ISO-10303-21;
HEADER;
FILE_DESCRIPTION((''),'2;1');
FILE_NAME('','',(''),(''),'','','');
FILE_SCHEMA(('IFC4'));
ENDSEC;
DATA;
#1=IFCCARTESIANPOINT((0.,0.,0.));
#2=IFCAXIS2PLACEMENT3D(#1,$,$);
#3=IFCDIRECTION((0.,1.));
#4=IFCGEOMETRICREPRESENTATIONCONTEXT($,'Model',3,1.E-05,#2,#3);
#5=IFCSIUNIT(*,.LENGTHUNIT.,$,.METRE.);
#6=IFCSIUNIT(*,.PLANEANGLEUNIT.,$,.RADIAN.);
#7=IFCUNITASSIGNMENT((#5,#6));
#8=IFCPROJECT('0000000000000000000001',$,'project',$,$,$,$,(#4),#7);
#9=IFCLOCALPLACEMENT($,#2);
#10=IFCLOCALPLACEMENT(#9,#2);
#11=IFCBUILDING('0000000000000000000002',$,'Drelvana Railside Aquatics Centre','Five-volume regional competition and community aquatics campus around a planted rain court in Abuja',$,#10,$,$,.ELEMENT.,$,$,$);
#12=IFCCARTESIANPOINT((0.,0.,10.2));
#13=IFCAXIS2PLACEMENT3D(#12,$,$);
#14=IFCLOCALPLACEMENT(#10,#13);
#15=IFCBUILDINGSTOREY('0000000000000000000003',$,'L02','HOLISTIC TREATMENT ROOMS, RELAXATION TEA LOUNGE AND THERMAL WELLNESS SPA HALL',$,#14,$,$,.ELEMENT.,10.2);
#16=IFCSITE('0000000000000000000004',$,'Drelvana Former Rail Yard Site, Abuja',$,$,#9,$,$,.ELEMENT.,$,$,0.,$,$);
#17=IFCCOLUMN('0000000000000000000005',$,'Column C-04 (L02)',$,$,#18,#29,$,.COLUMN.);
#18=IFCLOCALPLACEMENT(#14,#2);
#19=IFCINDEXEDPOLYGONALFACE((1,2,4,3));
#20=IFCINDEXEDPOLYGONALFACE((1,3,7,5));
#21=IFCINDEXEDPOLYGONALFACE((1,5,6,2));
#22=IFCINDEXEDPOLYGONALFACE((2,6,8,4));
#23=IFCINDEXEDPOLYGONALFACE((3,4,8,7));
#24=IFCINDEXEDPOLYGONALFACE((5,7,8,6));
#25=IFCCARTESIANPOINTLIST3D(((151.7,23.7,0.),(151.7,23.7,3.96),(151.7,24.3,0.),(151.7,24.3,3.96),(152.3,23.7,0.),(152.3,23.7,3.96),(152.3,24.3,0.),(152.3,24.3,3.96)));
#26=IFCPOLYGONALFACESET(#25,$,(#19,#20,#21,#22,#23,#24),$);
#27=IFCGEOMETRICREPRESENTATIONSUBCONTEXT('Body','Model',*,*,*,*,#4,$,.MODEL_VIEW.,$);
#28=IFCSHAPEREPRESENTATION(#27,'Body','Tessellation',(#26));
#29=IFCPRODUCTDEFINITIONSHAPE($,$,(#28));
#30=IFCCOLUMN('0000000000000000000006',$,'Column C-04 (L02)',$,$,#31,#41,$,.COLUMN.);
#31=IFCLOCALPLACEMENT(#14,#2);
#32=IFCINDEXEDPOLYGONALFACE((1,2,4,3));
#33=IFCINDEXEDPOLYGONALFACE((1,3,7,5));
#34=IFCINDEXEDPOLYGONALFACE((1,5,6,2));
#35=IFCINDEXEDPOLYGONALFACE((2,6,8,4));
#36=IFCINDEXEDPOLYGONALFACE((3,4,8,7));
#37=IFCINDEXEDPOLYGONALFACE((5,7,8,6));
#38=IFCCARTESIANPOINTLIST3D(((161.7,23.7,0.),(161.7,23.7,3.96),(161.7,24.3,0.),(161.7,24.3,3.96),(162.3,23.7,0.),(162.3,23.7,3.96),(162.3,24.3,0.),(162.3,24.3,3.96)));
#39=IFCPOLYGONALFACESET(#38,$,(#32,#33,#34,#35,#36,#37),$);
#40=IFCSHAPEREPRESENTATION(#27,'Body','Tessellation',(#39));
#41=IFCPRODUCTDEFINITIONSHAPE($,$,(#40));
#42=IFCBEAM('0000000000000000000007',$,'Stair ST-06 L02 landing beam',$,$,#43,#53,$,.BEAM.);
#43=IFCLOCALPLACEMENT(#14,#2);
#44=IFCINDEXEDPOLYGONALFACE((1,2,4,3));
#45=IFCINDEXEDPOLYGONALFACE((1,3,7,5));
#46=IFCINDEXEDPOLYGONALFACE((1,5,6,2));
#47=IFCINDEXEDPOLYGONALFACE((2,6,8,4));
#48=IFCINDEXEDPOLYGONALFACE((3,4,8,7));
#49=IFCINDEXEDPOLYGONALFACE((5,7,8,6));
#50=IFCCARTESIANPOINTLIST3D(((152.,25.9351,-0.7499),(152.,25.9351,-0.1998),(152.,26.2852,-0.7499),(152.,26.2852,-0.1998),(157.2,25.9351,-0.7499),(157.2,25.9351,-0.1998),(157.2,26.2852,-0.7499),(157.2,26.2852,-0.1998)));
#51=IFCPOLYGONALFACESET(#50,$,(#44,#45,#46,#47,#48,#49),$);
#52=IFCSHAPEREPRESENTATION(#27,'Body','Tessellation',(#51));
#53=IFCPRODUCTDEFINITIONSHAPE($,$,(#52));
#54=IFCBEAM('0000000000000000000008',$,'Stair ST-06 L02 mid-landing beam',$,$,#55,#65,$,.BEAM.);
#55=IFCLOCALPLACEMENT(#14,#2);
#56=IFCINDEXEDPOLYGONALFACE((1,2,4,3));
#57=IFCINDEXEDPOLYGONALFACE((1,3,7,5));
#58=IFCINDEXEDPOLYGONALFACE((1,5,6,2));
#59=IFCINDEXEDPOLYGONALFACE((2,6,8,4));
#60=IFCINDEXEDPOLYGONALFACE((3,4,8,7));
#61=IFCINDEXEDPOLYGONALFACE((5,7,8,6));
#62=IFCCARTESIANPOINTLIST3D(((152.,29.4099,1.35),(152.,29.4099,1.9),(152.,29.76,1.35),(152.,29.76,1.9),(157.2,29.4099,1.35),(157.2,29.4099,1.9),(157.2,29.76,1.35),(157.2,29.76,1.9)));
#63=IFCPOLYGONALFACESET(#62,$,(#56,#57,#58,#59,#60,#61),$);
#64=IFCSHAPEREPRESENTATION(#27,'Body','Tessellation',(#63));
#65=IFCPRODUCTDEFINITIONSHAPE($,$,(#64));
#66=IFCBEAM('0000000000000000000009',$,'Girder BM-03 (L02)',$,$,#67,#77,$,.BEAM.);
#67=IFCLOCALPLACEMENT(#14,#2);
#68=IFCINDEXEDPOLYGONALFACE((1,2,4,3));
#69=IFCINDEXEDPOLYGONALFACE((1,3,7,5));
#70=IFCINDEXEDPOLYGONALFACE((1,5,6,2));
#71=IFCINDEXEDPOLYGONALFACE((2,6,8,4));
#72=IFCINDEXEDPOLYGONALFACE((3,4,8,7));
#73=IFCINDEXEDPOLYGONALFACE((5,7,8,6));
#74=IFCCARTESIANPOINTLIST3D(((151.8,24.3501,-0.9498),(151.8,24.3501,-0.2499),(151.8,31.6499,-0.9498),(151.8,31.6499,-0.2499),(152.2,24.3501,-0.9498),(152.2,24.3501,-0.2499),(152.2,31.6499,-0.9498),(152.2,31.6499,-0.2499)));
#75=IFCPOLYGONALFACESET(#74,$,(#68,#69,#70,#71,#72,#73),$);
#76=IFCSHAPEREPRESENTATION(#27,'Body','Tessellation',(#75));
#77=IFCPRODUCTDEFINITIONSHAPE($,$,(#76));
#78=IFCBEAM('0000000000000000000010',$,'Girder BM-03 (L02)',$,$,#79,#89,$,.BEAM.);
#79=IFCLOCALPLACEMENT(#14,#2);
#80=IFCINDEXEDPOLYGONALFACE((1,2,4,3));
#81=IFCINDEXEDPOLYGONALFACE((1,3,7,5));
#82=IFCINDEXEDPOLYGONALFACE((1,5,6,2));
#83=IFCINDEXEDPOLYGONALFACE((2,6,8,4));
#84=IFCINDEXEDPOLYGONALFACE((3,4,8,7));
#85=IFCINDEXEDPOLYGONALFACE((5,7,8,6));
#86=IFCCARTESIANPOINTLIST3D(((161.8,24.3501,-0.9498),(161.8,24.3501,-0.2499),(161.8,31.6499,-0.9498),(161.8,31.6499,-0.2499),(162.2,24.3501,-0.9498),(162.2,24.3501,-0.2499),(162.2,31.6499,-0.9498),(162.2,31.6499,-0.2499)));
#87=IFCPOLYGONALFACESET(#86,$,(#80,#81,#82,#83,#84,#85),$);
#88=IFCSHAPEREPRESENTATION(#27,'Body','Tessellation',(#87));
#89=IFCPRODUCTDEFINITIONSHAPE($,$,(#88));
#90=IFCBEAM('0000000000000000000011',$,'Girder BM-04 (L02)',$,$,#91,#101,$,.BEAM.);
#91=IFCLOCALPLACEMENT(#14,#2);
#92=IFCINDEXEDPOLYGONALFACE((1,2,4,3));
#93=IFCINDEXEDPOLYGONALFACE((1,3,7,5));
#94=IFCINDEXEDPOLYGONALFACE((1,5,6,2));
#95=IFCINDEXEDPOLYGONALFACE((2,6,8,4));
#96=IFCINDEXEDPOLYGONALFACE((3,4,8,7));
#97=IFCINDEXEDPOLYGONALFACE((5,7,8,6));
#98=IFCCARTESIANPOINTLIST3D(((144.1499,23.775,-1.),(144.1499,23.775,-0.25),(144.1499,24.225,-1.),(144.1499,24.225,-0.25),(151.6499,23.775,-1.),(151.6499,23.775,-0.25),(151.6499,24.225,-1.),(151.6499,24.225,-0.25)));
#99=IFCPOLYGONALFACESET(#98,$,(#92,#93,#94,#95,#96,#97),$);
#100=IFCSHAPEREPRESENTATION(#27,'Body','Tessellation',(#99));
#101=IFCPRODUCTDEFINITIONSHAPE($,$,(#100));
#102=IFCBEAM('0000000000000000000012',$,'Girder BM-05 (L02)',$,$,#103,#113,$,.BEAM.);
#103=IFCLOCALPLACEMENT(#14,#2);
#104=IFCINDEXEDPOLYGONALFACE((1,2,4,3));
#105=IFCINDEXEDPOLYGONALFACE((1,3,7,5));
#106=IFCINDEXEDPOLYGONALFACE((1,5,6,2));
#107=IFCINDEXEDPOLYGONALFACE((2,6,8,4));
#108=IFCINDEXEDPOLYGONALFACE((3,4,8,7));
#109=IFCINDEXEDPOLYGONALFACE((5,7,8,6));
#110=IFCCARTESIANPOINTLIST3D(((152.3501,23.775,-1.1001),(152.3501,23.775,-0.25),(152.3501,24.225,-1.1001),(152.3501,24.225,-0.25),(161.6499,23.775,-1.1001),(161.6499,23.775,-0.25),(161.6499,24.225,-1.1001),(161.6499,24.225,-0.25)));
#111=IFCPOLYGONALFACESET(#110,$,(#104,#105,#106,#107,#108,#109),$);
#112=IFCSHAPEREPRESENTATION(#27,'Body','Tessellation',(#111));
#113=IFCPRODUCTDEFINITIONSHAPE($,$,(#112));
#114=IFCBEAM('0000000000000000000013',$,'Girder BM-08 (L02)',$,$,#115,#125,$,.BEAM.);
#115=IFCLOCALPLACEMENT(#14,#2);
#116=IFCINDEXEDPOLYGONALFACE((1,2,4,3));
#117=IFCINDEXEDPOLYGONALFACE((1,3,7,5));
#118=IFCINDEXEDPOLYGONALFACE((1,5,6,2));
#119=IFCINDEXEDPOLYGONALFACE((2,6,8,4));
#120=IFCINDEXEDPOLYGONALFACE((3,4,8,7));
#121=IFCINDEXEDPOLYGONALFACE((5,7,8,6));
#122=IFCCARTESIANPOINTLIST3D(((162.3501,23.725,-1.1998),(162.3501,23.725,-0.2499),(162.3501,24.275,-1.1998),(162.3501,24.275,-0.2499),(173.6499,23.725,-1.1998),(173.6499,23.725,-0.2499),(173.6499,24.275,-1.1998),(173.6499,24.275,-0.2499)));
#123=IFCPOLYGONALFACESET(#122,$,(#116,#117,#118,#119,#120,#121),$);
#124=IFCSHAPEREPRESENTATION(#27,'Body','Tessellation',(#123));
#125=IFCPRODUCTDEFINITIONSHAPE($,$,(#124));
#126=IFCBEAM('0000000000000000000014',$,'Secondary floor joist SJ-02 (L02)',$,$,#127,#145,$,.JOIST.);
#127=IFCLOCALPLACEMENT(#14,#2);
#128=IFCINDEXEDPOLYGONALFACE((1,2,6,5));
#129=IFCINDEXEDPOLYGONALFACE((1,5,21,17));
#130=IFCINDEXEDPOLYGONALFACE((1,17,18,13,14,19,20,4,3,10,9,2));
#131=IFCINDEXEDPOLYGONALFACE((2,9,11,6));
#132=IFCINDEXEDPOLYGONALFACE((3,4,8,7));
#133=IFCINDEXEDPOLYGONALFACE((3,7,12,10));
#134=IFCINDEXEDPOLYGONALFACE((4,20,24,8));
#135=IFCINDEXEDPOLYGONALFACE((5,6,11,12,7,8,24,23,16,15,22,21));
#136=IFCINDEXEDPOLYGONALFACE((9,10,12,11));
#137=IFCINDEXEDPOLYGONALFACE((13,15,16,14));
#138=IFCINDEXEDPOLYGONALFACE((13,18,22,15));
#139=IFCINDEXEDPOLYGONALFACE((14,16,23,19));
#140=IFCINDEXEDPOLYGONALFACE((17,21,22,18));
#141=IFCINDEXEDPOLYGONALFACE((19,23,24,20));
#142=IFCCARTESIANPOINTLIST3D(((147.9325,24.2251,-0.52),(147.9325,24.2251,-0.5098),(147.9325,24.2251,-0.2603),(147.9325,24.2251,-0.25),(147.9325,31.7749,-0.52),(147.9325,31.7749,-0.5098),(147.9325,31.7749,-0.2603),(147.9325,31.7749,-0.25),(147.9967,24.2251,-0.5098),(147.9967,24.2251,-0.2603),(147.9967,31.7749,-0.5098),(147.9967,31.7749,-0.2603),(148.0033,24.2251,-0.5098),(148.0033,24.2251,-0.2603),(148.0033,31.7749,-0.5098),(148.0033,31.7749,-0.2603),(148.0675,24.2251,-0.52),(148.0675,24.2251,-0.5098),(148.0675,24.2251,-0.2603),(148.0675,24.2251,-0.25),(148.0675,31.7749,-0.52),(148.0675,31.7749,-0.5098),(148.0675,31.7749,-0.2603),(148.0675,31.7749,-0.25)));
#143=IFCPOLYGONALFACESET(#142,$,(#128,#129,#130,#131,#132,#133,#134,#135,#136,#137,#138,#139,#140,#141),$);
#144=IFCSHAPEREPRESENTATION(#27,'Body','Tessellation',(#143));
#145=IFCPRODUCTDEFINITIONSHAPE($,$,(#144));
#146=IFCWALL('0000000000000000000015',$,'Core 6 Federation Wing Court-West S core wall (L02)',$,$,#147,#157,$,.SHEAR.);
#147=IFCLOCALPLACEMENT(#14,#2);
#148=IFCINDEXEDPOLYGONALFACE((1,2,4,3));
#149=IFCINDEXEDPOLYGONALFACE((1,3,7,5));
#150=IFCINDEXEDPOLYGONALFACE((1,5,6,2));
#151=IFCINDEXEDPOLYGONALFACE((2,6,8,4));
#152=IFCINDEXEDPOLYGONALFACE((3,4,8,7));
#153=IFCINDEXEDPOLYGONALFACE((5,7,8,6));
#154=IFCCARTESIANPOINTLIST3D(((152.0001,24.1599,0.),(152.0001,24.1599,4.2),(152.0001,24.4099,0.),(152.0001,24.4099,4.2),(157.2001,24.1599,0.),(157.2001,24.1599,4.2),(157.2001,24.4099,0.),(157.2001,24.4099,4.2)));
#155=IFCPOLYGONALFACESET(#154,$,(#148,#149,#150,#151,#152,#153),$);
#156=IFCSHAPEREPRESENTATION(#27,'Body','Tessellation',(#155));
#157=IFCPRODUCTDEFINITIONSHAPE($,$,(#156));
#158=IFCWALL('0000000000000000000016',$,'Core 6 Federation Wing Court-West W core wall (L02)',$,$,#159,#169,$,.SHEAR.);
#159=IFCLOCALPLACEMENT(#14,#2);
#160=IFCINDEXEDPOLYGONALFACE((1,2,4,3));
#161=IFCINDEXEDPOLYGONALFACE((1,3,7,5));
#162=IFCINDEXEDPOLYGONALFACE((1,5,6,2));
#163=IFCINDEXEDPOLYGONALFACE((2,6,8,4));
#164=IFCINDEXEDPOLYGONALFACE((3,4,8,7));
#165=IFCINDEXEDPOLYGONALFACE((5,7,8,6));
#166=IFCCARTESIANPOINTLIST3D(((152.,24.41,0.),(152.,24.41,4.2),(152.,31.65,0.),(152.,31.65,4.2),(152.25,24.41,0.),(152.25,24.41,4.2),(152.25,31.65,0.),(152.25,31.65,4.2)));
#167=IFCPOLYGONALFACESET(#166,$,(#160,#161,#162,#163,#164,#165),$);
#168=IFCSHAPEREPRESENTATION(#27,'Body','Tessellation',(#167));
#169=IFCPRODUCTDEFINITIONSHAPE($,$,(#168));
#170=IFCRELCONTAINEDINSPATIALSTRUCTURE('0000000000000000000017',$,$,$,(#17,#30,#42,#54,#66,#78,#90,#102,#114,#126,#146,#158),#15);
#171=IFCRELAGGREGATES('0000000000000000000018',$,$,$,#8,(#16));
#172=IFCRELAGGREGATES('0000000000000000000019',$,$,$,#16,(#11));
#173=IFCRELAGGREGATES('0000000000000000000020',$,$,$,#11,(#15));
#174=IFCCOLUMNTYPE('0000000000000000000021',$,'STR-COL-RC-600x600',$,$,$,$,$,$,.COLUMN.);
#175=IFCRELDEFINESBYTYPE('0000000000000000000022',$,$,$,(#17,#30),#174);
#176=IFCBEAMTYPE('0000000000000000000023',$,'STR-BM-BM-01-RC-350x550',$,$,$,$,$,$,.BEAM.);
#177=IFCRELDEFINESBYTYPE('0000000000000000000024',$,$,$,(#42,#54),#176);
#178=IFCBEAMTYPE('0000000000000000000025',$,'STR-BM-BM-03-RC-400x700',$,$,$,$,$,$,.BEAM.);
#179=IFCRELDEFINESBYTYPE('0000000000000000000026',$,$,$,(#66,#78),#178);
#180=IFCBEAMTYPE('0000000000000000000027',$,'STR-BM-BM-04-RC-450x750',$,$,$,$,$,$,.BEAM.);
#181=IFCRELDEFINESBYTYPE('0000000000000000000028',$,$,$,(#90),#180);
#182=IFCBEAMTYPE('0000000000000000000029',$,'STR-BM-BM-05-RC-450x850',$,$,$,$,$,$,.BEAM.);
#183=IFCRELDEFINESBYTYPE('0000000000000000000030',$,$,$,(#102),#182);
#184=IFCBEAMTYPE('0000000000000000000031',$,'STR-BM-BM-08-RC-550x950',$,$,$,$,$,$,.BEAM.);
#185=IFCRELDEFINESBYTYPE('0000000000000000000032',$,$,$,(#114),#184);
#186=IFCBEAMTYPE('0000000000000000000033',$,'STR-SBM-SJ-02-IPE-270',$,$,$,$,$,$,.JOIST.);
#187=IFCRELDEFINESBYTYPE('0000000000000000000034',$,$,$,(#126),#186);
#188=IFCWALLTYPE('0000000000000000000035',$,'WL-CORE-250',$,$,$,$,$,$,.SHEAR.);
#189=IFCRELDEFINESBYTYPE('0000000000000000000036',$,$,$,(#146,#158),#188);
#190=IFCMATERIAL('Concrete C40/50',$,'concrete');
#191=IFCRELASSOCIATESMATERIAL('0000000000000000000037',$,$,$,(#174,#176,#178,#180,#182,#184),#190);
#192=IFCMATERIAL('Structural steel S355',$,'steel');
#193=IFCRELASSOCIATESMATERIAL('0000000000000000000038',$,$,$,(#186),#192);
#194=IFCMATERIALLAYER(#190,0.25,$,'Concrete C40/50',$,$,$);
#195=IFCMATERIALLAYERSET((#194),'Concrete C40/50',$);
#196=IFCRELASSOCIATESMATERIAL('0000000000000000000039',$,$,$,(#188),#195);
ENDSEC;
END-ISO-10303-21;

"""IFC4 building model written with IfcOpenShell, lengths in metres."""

from ifc_helpers import new_model, si_unit, direction, frame, frame_2d, origin, origin_2d, place, context, subcontext, project, spatial, rectangle, i_section, extrude, material, layer, layer_set, material_profile, profile_set, type_object, element, save


model = new_model("IFC4")

# Units and contexts
model_context = context("Model", 3, precision=1e-05, world=origin(), true_north=direction((0.0, 1.0)))
body_context = subcontext(model_context, "Body", "Model", "MODEL_VIEW")
ifc_project = project(units=[si_unit("LENGTHUNIT", "METRE"), si_unit("PLANEANGLEUNIT", "RADIAN")], contexts=[model_context])

# Site, building, storey
site_placement = place(None, origin())
site = spatial("IfcSite", under=ifc_project, at=site_placement, Name="Drelvana Former Rail Yard Site, Abuja", CompositionType="ELEMENT", RefElevation=0.0)
building_placement = place(site_placement, origin())
building = spatial("IfcBuilding", under=site, at=building_placement, Name="Drelvana Railside Aquatics Centre", Description="Five-volume regional competition and community aquatics campus around a planted rain court in Abuja", CompositionType="ELEMENT")
storey_placement = place(building_placement, frame((0.0, 0.0, 10.2)))
storey = spatial("IfcBuildingStorey", under=building, at=storey_placement, Name="L02", Description="HOLISTIC TREATMENT ROOMS, RELAXATION TEA LOUNGE AND THERMAL WELLNESS SPA HALL", CompositionType="ELEMENT", Elevation=10.2)

# Columns
ifc_material_1 = material(Name="Concrete C40/50", Category="concrete")
ifc_material_profile_1 = material_profile(ifc_material_1, rectangle(XDim=0.6001, YDim=0.6001, at=origin_2d()), Name="RC 600x600")
ifc_profile_set_1 = profile_set([ifc_material_profile_1], Name="Concrete C40/50")
column_type = type_object("IfcColumnType", Name="STR-COL-RC-600x600", PredefinedType="COLUMN", material=ifc_profile_set_1)
for number, where, z_axis, x_axis, name in (
    (1, (152.0, 24.0, 0.0), (0.0, 0.0, 1.0), (1.0, 0.0, 0.0), "Column C-04 (L02)"),
    (2, (162.0, 24.0, 0.0), (0.0, 0.0, 1.0), (1.0, 0.0, 0.0), "Column C-04 (L02)"),
):
    element("IfcColumn", number, at=place(storey_placement, frame(where, z_axis=z_axis, x_axis=x_axis)), inside=storey, type_object=column_type, Name=name, PredefinedType="COLUMN", context=body_context, shape_type="SweptSolid", body=[
        extrude(rectangle(XDim=0.6001, YDim=0.6001, at=origin_2d()), origin(), (0.0, 0.0, 1.0), 3.96),
    ])

# Beams
ifc_material_profile_2 = material_profile(ifc_material_1, rectangle(XDim=0.3501, YDim=0.55, at=origin_2d()), Name="RC 350x550")
ifc_profile_set_2 = profile_set([ifc_material_profile_2], Name="Concrete C40/50")
beam_type_1 = type_object("IfcBeamType", Name="STR-BM-BM-01-RC-350x550", PredefinedType="BEAM", material=ifc_profile_set_2)
for number, where, z_axis, x_axis, name in (
    (3, (152.0, 26.1101, -0.4749), (1.0, 0.0, 0.0), (0.0, 1.0, 0.0), "Stair ST-06 L02 landing beam"),
    (4, (152.0, 29.585, 1.625), (1.0, 0.0, 0.0), (0.0, 1.0, 0.0), "Stair ST-06 L02 mid-landing beam"),
):
    element("IfcBeam", number, at=place(storey_placement, frame(where, z_axis=z_axis, x_axis=x_axis)), inside=storey, type_object=beam_type_1, Name=name, PredefinedType="BEAM", context=body_context, shape_type="SweptSolid", body=[
        extrude(rectangle(XDim=0.3501, YDim=0.55, at=origin_2d()), origin(), (0.0, 0.0, 1.0), 5.2),
    ])
ifc_material_profile_3 = material_profile(ifc_material_1, rectangle(XDim=0.3999, YDim=0.7, at=origin_2d()), Name="RC 400x700")
ifc_profile_set_3 = profile_set([ifc_material_profile_3], Name="Concrete C40/50")
beam_type_2 = type_object("IfcBeamType", Name="STR-BM-BM-03-RC-400x700", PredefinedType="BEAM", material=ifc_profile_set_3)
for number, where, z_axis, x_axis, name in (
    (5, (152.0, 24.3501, -0.5999), (0.0, 1.0, 0.0), (-1.0, 0.0, 0.0), "Girder BM-03 (L02)"),
    (6, (162.0, 24.3501, -0.5999), (0.0, 1.0, 0.0), (-1.0, 0.0, 0.0), "Girder BM-03 (L02)"),
):
    element("IfcBeam", number, at=place(storey_placement, frame(where, z_axis=z_axis, x_axis=x_axis)), inside=storey, type_object=beam_type_2, Name=name, PredefinedType="BEAM", context=body_context, shape_type="SweptSolid", body=[
        extrude(rectangle(XDim=0.3999, YDim=0.7, at=origin_2d()), origin(), (0.0, 0.0, 1.0), 7.2998),
    ])
ifc_material_profile_4 = material_profile(ifc_material_1, rectangle(XDim=0.45, YDim=0.75, at=origin_2d()), Name="RC 450x750")
ifc_profile_set_4 = profile_set([ifc_material_profile_4], Name="Concrete C40/50")
beam_type_3 = type_object("IfcBeamType", Name="STR-BM-BM-04-RC-450x750", PredefinedType="BEAM", material=ifc_profile_set_4)
beam_1_placement = place(storey_placement, frame((144.1499, 24.0, -0.625), z_axis=(1.0, 0.0, 0.0), x_axis=(0.0, 1.0, 0.0)))
element("IfcBeam", 7, at=beam_1_placement, inside=storey, type_object=beam_type_3, Name="Girder BM-04 (L02)", PredefinedType="BEAM", context=body_context, shape_type="SweptSolid", body=[
    extrude(rectangle(XDim=0.45, YDim=0.75, at=origin_2d()), origin(), (0.0, 0.0, 1.0), 7.5),
])
ifc_material_profile_5 = material_profile(ifc_material_1, rectangle(XDim=0.45, YDim=0.8501, at=origin_2d()), Name="RC 450x850")
ifc_profile_set_5 = profile_set([ifc_material_profile_5], Name="Concrete C40/50")
beam_type_4 = type_object("IfcBeamType", Name="STR-BM-BM-05-RC-450x850", PredefinedType="BEAM", material=ifc_profile_set_5)
beam_2_placement = place(storey_placement, frame((152.3501, 24.0, -0.675), z_axis=(1.0, 0.0, 0.0), x_axis=(0.0, 1.0, 0.0)))
element("IfcBeam", 8, at=beam_2_placement, inside=storey, type_object=beam_type_4, Name="Girder BM-05 (L02)", PredefinedType="BEAM", context=body_context, shape_type="SweptSolid", body=[
    extrude(rectangle(XDim=0.45, YDim=0.8501, at=origin_2d()), origin(), (0.0, 0.0, 1.0), 9.2998),
])
ifc_material_profile_6 = material_profile(ifc_material_1, rectangle(XDim=0.55, YDim=0.95, at=origin_2d()), Name="RC 550x950")
ifc_profile_set_6 = profile_set([ifc_material_profile_6], Name="Concrete C40/50")
beam_type_5 = type_object("IfcBeamType", Name="STR-BM-BM-08-RC-550x950", PredefinedType="BEAM", material=ifc_profile_set_6)
beam_3_placement = place(storey_placement, frame((162.3501, 24.0, -0.7249), z_axis=(1.0, 0.0, 0.0), x_axis=(0.0, 1.0, 0.0)))
element("IfcBeam", 9, at=beam_3_placement, inside=storey, type_object=beam_type_5, Name="Girder BM-08 (L02)", PredefinedType="BEAM", context=body_context, shape_type="SweptSolid", body=[
    extrude(rectangle(XDim=0.55, YDim=0.95, at=origin_2d()), origin(), (0.0, 0.0, 1.0), 11.2998),
])
ifc_material_2 = material(Name="Structural steel S355", Category="steel")
ifc_material_profile_7 = material_profile(ifc_material_2, i_section(OverallWidth=0.135, OverallDepth=0.27, WebThickness=0.0066, FlangeThickness=0.0103, at=origin_2d()), Name="IPE 270")
ifc_profile_set_7 = profile_set([ifc_material_profile_7], Name="Structural steel S355")
beam_type_6 = type_object("IfcBeamType", Name="STR-SBM-SJ-02-IPE-270", PredefinedType="JOIST", material=ifc_profile_set_7)
beam_4_placement = place(storey_placement, frame((148.0, 24.2251, -0.385), z_axis=(0.0, 1.0, 0.0), x_axis=(-1.0, 0.0, 0.0)))
element("IfcBeam", 10, at=beam_4_placement, inside=storey, type_object=beam_type_6, Name="Secondary floor joist SJ-02 (L02)", PredefinedType="JOIST", context=body_context, shape_type="SweptSolid", body=[
    extrude(i_section(OverallWidth=0.135, OverallDepth=0.27, WebThickness=0.0066, FlangeThickness=0.0103, at=origin_2d()), origin(), (0.0, 0.0, 1.0), 7.5498),
])

# Walls
ifc_layer_1 = layer(ifc_material_1, 0.25, Name="Concrete C40/50")
ifc_layer_set_1 = layer_set([ifc_layer_1], Name="Concrete C40/50")
wall_type_1 = type_object("IfcWallType", Name="WL-CORE-250", PredefinedType="SHEAR", material=ifc_layer_set_1)
wall_1_placement = place(storey_placement, frame((152.0, 24.2849, 0.0), z_axis=(0.0, 0.0, 1.0), x_axis=(1.0, 0.0, 0.0)))
element("IfcWall", 11, at=wall_1_placement, inside=storey, type_object=wall_type_1, Name="Core 6 Federation Wing Court-West S core wall (L02)", PredefinedType="SHEAR", context=body_context, shape_type="SweptSolid", body=[
    extrude(rectangle(XDim=5.2, YDim=0.25, at=frame_2d((2.6001, 0.0))), origin(), (0.0, 0.0, 1.0), 4.2),
])
wall_2_placement = place(storey_placement, frame((152.125, 24.4099, 0.0), z_axis=(0.0, 0.0, 1.0), x_axis=(0.0, 1.0, 0.0)))
element("IfcWall", 12, at=wall_2_placement, inside=storey, type_object=wall_type_1, Name="Core 6 Federation Wing Court-West W core wall (L02)", PredefinedType="SHEAR", context=body_context, shape_type="SweptSolid", body=[
    extrude(rectangle(XDim=7.24, YDim=0.25, at=frame_2d((3.6201, 0.0))), origin(), (0.0, 0.0, 1.0), 4.2),
])

save(model, "model.ifc")
